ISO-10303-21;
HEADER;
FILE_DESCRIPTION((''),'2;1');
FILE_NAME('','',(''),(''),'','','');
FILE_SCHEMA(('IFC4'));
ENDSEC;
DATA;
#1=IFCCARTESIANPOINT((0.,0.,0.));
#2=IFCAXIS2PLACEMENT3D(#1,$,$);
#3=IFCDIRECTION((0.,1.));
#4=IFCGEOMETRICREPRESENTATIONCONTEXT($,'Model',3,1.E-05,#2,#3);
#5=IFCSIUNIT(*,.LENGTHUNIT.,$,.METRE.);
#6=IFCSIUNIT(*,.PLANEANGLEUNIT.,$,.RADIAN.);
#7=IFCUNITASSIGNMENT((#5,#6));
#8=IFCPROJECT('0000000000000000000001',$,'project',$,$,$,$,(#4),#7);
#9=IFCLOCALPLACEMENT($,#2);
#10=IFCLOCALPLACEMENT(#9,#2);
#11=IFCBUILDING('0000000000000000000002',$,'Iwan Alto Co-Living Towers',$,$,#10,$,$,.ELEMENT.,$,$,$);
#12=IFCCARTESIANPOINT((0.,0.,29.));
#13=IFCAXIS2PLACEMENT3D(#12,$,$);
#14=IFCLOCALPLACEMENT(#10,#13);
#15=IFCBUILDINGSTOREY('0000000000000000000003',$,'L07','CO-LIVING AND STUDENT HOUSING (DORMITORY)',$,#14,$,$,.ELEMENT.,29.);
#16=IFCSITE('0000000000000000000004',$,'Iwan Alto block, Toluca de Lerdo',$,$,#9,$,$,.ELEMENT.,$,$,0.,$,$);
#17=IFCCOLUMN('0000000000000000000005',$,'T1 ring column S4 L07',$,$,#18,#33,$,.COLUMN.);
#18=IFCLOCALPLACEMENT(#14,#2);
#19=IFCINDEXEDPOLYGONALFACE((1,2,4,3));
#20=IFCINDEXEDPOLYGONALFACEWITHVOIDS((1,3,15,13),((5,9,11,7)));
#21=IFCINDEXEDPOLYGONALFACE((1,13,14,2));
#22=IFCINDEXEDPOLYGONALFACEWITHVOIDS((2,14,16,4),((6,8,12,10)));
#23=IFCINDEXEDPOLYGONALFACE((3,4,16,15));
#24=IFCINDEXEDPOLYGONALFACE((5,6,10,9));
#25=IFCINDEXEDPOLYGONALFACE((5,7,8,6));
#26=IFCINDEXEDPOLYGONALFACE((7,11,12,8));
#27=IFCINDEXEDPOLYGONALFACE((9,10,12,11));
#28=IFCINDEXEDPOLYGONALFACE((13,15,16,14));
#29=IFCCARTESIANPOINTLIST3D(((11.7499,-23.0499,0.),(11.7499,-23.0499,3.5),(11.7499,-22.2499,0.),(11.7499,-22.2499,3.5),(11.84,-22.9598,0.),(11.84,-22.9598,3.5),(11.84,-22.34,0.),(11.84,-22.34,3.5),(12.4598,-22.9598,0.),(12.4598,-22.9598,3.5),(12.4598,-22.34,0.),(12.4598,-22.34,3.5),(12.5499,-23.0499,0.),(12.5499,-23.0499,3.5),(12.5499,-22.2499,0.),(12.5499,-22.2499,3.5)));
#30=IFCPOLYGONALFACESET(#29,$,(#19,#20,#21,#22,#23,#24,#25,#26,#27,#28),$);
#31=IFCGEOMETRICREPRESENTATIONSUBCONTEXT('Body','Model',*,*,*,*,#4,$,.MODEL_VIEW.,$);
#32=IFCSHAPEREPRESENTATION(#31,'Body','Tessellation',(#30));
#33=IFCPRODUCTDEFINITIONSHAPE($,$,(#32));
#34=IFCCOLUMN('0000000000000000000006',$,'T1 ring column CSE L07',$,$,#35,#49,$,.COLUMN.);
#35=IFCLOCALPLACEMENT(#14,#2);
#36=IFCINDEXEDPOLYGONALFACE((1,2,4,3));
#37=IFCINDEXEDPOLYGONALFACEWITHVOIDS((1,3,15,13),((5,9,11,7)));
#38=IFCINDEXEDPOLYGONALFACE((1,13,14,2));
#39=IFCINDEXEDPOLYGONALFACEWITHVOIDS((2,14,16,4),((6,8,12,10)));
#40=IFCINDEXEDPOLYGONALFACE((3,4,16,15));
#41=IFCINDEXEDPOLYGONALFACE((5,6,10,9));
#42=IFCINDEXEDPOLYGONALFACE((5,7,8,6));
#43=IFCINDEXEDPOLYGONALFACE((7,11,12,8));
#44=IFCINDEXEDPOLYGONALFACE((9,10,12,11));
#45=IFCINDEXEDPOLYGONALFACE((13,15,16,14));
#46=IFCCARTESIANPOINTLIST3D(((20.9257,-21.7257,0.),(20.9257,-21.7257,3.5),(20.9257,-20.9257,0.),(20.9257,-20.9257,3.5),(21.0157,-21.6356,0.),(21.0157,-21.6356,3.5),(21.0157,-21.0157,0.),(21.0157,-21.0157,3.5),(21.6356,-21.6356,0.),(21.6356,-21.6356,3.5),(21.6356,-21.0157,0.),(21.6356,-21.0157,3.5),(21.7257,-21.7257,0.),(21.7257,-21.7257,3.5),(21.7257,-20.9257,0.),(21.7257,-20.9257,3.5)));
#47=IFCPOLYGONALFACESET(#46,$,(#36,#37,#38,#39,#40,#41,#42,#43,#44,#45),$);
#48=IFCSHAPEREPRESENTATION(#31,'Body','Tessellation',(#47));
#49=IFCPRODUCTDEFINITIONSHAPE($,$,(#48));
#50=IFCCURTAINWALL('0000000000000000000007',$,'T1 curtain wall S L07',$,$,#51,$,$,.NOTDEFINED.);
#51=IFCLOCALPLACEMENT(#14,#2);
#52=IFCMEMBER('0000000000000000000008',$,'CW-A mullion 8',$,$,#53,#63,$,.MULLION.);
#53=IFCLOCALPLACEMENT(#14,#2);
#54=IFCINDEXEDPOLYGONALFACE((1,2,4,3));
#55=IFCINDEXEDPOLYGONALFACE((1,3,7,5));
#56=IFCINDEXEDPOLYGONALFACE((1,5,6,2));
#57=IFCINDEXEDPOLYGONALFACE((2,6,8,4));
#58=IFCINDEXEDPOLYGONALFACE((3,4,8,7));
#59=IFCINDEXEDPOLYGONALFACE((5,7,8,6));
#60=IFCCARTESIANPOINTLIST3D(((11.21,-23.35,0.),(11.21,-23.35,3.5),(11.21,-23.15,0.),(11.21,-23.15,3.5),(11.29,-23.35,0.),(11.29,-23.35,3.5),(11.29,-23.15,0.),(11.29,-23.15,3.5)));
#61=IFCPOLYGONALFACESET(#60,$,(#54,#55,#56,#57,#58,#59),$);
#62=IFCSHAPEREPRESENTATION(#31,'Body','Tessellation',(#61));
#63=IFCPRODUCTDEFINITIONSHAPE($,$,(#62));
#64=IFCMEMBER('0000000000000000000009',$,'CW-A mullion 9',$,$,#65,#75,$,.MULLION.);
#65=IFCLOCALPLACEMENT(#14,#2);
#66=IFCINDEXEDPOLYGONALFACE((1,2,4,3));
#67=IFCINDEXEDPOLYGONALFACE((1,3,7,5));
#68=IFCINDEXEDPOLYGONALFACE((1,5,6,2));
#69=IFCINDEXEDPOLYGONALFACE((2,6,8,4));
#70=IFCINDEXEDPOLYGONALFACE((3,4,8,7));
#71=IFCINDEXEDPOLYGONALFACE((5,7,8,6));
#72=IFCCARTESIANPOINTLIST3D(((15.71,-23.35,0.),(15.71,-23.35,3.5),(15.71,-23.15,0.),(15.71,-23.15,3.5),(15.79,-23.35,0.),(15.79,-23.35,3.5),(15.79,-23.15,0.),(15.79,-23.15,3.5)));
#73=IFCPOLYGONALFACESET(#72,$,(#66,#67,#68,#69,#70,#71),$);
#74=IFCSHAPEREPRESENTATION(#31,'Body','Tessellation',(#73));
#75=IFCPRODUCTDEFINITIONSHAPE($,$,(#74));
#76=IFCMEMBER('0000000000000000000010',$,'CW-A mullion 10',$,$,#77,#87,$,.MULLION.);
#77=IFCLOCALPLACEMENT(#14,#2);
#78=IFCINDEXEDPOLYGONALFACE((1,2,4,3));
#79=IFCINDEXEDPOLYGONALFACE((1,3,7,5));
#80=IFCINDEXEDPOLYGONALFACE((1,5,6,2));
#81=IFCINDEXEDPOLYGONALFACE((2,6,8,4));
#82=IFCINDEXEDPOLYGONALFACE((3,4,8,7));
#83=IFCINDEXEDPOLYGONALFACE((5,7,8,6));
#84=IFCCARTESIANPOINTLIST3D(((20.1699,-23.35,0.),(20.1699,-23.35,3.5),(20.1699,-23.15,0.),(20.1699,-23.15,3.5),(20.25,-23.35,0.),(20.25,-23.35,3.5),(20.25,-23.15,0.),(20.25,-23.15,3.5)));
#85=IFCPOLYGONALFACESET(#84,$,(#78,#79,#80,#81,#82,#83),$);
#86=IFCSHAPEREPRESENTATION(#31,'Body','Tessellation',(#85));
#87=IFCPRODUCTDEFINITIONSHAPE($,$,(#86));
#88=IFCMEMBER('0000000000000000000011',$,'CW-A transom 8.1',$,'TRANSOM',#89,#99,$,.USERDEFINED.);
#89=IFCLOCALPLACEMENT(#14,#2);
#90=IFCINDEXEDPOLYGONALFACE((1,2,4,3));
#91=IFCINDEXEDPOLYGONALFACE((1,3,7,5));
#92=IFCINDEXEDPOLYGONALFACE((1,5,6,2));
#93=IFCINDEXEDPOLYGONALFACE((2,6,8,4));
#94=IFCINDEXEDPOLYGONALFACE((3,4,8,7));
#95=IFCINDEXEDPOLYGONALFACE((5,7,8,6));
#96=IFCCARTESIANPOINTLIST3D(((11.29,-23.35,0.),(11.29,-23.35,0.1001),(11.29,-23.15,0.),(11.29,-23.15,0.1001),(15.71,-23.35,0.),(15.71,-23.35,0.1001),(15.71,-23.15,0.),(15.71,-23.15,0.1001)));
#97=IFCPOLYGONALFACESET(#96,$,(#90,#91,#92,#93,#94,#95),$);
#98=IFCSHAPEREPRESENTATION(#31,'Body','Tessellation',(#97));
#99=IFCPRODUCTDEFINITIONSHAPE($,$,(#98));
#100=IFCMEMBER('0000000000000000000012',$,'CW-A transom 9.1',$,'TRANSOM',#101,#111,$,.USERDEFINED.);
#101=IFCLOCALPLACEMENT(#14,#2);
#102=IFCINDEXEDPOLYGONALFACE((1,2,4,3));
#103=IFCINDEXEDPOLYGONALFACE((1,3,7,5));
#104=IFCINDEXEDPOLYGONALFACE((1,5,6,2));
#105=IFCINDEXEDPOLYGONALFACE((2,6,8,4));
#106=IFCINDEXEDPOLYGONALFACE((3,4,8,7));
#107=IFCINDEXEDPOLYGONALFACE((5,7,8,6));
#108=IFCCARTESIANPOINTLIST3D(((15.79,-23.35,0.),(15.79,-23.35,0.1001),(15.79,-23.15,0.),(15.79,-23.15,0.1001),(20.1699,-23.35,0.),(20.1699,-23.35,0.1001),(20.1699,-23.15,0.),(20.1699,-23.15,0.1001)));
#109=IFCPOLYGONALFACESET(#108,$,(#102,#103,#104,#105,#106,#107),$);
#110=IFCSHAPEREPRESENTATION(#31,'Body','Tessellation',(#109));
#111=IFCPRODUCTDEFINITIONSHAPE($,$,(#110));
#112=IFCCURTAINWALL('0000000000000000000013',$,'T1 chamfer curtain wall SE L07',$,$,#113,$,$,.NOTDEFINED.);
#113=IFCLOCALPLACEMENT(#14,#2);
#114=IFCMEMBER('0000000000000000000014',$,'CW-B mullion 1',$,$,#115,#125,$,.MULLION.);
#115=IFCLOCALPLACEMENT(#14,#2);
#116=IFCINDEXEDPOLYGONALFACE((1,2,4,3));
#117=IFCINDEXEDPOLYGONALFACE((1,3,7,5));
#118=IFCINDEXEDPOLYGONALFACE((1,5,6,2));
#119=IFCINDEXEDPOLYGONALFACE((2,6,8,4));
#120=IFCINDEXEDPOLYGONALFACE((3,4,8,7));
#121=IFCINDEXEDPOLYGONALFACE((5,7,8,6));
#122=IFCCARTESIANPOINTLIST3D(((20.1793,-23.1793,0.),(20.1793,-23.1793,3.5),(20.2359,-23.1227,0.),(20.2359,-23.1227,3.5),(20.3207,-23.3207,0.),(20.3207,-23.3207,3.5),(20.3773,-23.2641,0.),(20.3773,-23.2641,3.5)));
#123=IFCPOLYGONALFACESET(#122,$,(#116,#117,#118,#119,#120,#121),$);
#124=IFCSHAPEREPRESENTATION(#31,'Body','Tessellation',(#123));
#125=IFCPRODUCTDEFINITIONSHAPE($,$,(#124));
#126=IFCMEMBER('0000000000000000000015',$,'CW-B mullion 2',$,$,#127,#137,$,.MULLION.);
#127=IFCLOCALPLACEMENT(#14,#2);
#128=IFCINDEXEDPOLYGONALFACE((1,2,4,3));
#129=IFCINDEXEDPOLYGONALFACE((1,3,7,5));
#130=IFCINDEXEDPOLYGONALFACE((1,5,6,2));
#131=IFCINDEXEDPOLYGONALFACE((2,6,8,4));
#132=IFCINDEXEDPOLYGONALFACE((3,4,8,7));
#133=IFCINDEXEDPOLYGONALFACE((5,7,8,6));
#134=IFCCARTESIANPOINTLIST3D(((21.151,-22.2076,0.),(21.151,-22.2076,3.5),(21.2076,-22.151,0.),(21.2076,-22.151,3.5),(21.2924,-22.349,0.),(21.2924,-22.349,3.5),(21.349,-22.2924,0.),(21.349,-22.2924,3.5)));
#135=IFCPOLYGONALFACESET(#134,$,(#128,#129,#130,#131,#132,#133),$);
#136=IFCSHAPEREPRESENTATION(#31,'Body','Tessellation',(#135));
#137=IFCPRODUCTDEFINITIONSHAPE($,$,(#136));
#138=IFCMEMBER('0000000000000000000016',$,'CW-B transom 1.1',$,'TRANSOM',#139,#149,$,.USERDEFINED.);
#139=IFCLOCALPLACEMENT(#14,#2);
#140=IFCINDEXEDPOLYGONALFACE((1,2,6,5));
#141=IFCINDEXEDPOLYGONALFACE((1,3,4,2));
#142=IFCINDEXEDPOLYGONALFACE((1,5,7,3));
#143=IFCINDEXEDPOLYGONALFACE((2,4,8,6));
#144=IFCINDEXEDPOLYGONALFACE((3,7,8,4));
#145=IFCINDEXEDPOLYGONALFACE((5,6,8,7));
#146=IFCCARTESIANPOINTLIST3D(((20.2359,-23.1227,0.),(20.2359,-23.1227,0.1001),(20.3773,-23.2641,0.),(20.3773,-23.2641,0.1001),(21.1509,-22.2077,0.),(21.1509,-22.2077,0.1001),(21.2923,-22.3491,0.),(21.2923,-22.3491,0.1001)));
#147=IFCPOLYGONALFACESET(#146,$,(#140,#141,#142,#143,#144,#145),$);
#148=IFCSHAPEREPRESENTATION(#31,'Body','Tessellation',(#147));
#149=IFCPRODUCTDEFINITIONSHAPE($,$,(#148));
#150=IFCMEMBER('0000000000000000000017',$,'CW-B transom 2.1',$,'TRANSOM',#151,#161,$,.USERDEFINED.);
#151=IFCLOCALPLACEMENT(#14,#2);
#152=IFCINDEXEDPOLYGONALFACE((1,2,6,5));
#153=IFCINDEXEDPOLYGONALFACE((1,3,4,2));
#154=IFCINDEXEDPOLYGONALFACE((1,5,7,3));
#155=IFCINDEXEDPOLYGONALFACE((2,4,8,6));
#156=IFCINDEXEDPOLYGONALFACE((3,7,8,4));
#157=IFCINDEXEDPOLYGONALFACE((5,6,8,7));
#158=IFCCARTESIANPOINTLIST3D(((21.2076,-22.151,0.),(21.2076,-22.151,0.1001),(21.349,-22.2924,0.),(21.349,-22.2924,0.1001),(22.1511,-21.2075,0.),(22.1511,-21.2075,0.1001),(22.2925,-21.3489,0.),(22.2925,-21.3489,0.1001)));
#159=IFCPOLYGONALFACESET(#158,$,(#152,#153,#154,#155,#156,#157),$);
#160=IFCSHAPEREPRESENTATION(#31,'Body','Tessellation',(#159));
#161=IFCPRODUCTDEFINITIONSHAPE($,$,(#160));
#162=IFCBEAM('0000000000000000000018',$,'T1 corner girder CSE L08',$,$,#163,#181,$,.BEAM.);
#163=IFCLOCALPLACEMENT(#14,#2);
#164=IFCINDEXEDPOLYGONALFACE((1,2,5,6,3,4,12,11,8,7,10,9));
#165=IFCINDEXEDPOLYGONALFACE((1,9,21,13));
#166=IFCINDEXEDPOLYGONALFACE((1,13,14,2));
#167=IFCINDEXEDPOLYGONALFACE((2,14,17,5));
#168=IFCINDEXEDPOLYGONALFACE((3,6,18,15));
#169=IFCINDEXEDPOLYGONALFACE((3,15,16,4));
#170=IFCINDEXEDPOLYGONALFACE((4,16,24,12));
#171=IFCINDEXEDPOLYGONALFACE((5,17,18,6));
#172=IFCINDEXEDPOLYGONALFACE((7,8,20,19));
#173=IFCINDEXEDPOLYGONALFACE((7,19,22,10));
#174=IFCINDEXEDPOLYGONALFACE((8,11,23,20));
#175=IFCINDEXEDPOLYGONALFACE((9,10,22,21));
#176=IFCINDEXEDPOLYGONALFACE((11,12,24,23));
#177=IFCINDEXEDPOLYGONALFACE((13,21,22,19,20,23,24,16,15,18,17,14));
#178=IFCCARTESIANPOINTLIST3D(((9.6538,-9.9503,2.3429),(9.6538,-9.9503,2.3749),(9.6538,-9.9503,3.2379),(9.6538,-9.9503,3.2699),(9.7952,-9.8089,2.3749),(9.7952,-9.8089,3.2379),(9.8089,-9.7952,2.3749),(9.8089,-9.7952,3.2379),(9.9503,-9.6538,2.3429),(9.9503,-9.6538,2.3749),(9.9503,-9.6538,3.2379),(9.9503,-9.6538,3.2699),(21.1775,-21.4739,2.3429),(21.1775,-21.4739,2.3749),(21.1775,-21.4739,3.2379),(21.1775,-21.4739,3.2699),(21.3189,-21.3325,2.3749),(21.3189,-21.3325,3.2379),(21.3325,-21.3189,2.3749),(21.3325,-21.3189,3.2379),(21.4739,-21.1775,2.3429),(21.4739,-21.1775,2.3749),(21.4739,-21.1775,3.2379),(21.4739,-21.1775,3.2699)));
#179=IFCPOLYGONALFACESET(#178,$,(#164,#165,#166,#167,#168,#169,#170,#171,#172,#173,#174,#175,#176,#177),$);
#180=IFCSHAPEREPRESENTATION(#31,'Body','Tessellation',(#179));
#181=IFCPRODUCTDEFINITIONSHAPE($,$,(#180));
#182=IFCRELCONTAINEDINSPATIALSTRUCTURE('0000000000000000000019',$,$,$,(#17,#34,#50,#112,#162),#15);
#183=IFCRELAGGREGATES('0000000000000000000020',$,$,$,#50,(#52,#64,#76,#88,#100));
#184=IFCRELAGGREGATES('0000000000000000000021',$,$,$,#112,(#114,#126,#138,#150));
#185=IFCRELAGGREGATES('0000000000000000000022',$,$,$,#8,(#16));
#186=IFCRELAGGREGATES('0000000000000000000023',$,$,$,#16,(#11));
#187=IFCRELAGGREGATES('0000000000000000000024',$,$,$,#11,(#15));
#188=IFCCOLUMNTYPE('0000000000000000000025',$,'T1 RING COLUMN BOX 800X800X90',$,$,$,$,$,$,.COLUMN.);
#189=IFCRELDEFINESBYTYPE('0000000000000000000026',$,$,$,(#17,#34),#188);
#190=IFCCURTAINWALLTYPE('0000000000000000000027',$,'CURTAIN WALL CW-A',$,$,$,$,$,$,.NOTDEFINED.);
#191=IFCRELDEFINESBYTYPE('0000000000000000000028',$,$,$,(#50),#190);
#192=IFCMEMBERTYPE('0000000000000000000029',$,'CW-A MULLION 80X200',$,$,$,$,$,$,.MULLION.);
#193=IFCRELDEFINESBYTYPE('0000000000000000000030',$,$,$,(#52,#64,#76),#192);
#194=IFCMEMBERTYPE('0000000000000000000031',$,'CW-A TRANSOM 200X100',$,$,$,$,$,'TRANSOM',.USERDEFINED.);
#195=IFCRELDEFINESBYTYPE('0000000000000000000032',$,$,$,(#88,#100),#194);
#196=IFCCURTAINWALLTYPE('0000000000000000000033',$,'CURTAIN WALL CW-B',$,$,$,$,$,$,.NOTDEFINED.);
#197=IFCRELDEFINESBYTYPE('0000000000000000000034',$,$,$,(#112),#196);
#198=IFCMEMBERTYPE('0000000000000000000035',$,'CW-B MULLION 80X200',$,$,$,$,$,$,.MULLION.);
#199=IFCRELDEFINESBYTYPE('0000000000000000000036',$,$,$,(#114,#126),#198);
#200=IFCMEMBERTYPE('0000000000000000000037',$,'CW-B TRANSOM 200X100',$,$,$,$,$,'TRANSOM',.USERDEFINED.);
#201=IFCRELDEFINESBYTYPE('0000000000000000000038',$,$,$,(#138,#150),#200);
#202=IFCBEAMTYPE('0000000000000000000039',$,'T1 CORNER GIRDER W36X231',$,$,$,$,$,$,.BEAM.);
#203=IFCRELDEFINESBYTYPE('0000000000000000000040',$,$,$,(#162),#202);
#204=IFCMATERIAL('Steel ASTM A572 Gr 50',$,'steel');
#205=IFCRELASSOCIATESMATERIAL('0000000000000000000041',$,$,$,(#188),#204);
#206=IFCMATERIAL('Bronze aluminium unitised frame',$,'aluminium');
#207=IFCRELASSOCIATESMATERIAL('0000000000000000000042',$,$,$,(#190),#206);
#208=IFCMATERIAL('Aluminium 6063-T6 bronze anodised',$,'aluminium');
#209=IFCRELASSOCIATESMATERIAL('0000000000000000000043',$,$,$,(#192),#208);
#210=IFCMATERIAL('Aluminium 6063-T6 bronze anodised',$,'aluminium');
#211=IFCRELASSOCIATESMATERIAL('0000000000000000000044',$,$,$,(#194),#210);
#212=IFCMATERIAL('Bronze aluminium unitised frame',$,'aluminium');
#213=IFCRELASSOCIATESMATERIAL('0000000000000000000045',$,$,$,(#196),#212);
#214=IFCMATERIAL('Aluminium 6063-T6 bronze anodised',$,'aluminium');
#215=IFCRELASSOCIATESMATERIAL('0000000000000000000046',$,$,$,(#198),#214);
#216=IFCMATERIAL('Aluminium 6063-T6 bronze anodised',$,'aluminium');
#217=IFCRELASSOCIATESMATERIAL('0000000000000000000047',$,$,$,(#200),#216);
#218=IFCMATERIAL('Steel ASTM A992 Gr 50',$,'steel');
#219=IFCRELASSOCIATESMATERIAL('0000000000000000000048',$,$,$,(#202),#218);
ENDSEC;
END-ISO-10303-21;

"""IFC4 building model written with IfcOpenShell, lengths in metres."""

from ifc_helpers import new_model, si_unit, direction, frame, origin, origin_2d, place, context, subcontext, project, spatial, rectangle, hollow_rectangle, i_section, extrude, material, material_profile, profile_set, type_object, element, aggregate, save


model = new_model("IFC4")

# Units and contexts
model_context = context("Model", 3, precision=1e-05, world=origin(), true_north=direction((0.0, 1.0)))
body_context = subcontext(model_context, "Body", "Model", "MODEL_VIEW")
ifc_project = project(units=[si_unit("LENGTHUNIT", "METRE"), si_unit("PLANEANGLEUNIT", "RADIAN")], contexts=[model_context])

# Site, building, storey
site_placement = place(None, origin())
site = spatial("IfcSite", under=ifc_project, at=site_placement, Name="Iwan Alto block, Toluca de Lerdo", CompositionType="ELEMENT", RefElevation=0.0)
building_placement = place(site_placement, origin())
building = spatial("IfcBuilding", under=site, at=building_placement, Name="Iwan Alto Co-Living Towers", CompositionType="ELEMENT")
storey_placement = place(building_placement, frame((0.0, 0.0, 29.0)))
storey = spatial("IfcBuildingStorey", under=building, at=storey_placement, Name="L07", Description="CO-LIVING AND STUDENT HOUSING (DORMITORY)", CompositionType="ELEMENT", Elevation=29.0)

# Columns
ifc_material_1 = material(Name="Steel ASTM A572 Gr 50", Category="steel")
ifc_material_profile_1 = material_profile(ifc_material_1, hollow_rectangle(XDim=0.8, YDim=0.8, WallThickness=0.0901, at=origin_2d()), Name="BOX 800X800X90")
ifc_profile_set_1 = profile_set([ifc_material_profile_1], Name="Steel ASTM A572 Gr 50")
column_type = type_object("IfcColumnType", Name="T1 RING COLUMN BOX 800X800X90", PredefinedType="COLUMN", material=ifc_profile_set_1)
for number, where, z_axis, x_axis, name in (
    (1, (12.1499, -22.6499, 0.0), (0.0, 0.0, 1.0), (1.0, 0.0, 0.0), "T1 ring column S4 L07"),
    (2, (21.3257, -21.3257, 0.0), (0.0, 0.0, 1.0), (1.0, 0.0, 0.0), "T1 ring column CSE L07"),
):
    element("IfcColumn", number, at=place(storey_placement, frame(where, z_axis=z_axis, x_axis=x_axis)), inside=storey, type_object=column_type, Name=name, PredefinedType="COLUMN", context=body_context, shape_type="SweptSolid", body=[
        extrude(hollow_rectangle(XDim=0.8, YDim=0.8, WallThickness=0.0901, at=origin_2d()), origin(), (0.0, 0.0, 1.0), 3.5),
    ])

# Curtain walls, members
ifc_material_2 = material(Name="Bronze aluminium unitised frame", Category="aluminium")
curtain_wall_type_1 = type_object("IfcCurtainWallType", Name="CURTAIN WALL CW-A", PredefinedType="NOTDEFINED", material=ifc_material_2)
curtain_wall_1_placement = place(storey_placement, origin())
curtain_wall_1 = element("IfcCurtainWall", 3, at=curtain_wall_1_placement, inside=storey, type_object=curtain_wall_type_1, Name="T1 curtain wall S L07", PredefinedType="NOTDEFINED")
ifc_material_3 = material(Name="Aluminium 6063-T6 bronze anodised", Category="aluminium")
ifc_material_profile_2 = material_profile(ifc_material_3, rectangle(XDim=0.2, YDim=0.0801, at=origin_2d()), Name="AL 80X200")
ifc_profile_set_2 = profile_set([ifc_material_profile_2], Name="Aluminium 6063-T6 bronze anodised")
member_type_1 = type_object("IfcMemberType", Name="CW-A MULLION 80X200", PredefinedType="MULLION", material=ifc_profile_set_2)
member_1_placement = place(storey_placement, frame((11.25, -23.25, 0.0), z_axis=(0.0, 0.0, 1.0), x_axis=(0.0, 1.0, 0.0)))
member_1 = element("IfcMember", 4, at=member_1_placement, type_object=member_type_1, Name="CW-A mullion 8", PredefinedType="MULLION", context=body_context, shape_type="SweptSolid", body=[
    extrude(rectangle(XDim=0.2, YDim=0.0801, at=origin_2d()), origin(), (0.0, 0.0, 1.0), 3.5),
])
member_2_placement = place(storey_placement, frame((15.75, -23.25, 0.0), z_axis=(0.0, 0.0, 1.0), x_axis=(0.0, 1.0, 0.0)))
member_2 = element("IfcMember", 5, at=member_2_placement, type_object=member_type_1, Name="CW-A mullion 9", PredefinedType="MULLION", context=body_context, shape_type="SweptSolid", body=[
    extrude(rectangle(XDim=0.2, YDim=0.0801, at=origin_2d()), origin(), (0.0, 0.0, 1.0), 3.5),
])
member_3_placement = place(storey_placement, frame((20.21, -23.25, 0.0), z_axis=(0.0, 0.0, 1.0), x_axis=(0.0, 1.0, 0.0)))
member_3 = element("IfcMember", 6, at=member_3_placement, type_object=member_type_1, Name="CW-A mullion 10", PredefinedType="MULLION", context=body_context, shape_type="SweptSolid", body=[
    extrude(rectangle(XDim=0.2, YDim=0.0801, at=origin_2d()), origin(), (0.0, 0.0, 1.0), 3.5),
])
ifc_material_4 = material(Name="Aluminium 6063-T6 bronze anodised", Category="aluminium")
ifc_material_profile_3 = material_profile(ifc_material_4, rectangle(XDim=0.2, YDim=0.1001, at=origin_2d()), Name="AL 200X100")
ifc_profile_set_3 = profile_set([ifc_material_profile_3], Name="Aluminium 6063-T6 bronze anodised")
member_type_2 = type_object("IfcMemberType", Name="CW-A TRANSOM 200X100", ElementType="TRANSOM", PredefinedType="USERDEFINED", material=ifc_profile_set_3)
member_4_placement = place(storey_placement, frame((11.29, -23.25, 0.05), z_axis=(1.0, 0.0, 0.0), x_axis=(0.0, 1.0, 0.0)))
member_4 = element("IfcMember", 7, at=member_4_placement, type_object=member_type_2, Name="CW-A transom 8.1", ObjectType="TRANSOM", PredefinedType="USERDEFINED", context=body_context, shape_type="SweptSolid", body=[
    extrude(rectangle(XDim=0.2, YDim=0.1001, at=origin_2d()), origin(), (0.0, 0.0, 1.0), 4.4199),
])
member_5_placement = place(storey_placement, frame((15.79, -23.25, 0.05), z_axis=(1.0, 0.0, 0.0), x_axis=(0.0, 1.0, 0.0)))
member_5 = element("IfcMember", 8, at=member_5_placement, type_object=member_type_2, Name="CW-A transom 9.1", ObjectType="TRANSOM", PredefinedType="USERDEFINED", context=body_context, shape_type="SweptSolid", body=[
    extrude(rectangle(XDim=0.2, YDim=0.1001, at=origin_2d()), origin(), (0.0, 0.0, 1.0), 4.3799),
])
ifc_material_5 = material(Name="Bronze aluminium unitised frame", Category="aluminium")
curtain_wall_type_2 = type_object("IfcCurtainWallType", Name="CURTAIN WALL CW-B", PredefinedType="NOTDEFINED", material=ifc_material_5)
curtain_wall_2_placement = place(storey_placement, origin())
curtain_wall_2 = element("IfcCurtainWall", 9, at=curtain_wall_2_placement, inside=storey, type_object=curtain_wall_type_2, Name="T1 chamfer curtain wall SE L07", PredefinedType="NOTDEFINED")
ifc_material_6 = material(Name="Aluminium 6063-T6 bronze anodised", Category="aluminium")
ifc_material_profile_4 = material_profile(ifc_material_6, rectangle(XDim=0.2, YDim=0.0801, at=origin_2d()), Name="AL 80X200")
ifc_profile_set_4 = profile_set([ifc_material_profile_4], Name="Aluminium 6063-T6 bronze anodised")
member_type_3 = type_object("IfcMemberType", Name="CW-B MULLION 80X200", PredefinedType="MULLION", material=ifc_profile_set_4)
member_6_placement = place(storey_placement, frame((20.2783, -23.2217, 0.0), z_axis=(0.0, 0.0, 1.0), x_axis=(-0.707107, 0.707107, 0.0)))
member_6 = element("IfcMember", 10, at=member_6_placement, type_object=member_type_3, Name="CW-B mullion 1", PredefinedType="MULLION", context=body_context, shape_type="SweptSolid", body=[
    extrude(rectangle(XDim=0.2, YDim=0.0801, at=origin_2d()), origin(), (0.0, 0.0, 1.0), 3.5),
])
member_7_placement = place(storey_placement, frame((21.25, -22.25, 0.0), z_axis=(0.0, 0.0, 1.0), x_axis=(-0.707107, 0.707107, 0.0)))
member_7 = element("IfcMember", 11, at=member_7_placement, type_object=member_type_3, Name="CW-B mullion 2", PredefinedType="MULLION", context=body_context, shape_type="SweptSolid", body=[
    extrude(rectangle(XDim=0.2, YDim=0.0801, at=origin_2d()), origin(), (0.0, 0.0, 1.0), 3.5),
])
ifc_material_7 = material(Name="Aluminium 6063-T6 bronze anodised", Category="aluminium")
ifc_material_profile_5 = material_profile(ifc_material_7, rectangle(XDim=0.2, YDim=0.1001, at=origin_2d()), Name="AL 200X100")
ifc_profile_set_5 = profile_set([ifc_material_profile_5], Name="Aluminium 6063-T6 bronze anodised")
member_type_4 = type_object("IfcMemberType", Name="CW-B TRANSOM 200X100", ElementType="TRANSOM", PredefinedType="USERDEFINED", material=ifc_profile_set_5)
member_8_placement = place(storey_placement, frame((20.3066, -23.1934, 0.05), z_axis=(0.707107, 0.707107, 0.0), x_axis=(-0.707107, 0.707107, 0.0)))
member_8 = element("IfcMember", 12, at=member_8_placement, type_object=member_type_4, Name="CW-B transom 1.1", ObjectType="TRANSOM", PredefinedType="USERDEFINED", context=body_context, shape_type="SweptSolid", body=[
    extrude(rectangle(XDim=0.2, YDim=0.1001, at=origin_2d()), origin(), (0.0, 0.0, 1.0), 1.2939),
])
member_9_placement = place(storey_placement, frame((21.2783, -22.2217, 0.05), z_axis=(0.707107, 0.707107, 0.0), x_axis=(-0.707107, 0.707107, 0.0)))
member_9 = element("IfcMember", 13, at=member_9_placement, type_object=member_type_4, Name="CW-B transom 2.1", ObjectType="TRANSOM", PredefinedType="USERDEFINED", context=body_context, shape_type="SweptSolid", body=[
    extrude(rectangle(XDim=0.2, YDim=0.1001, at=origin_2d()), origin(), (0.0, 0.0, 1.0), 1.3342),
])

# Beam
ifc_material_8 = material(Name="Steel ASTM A992 Gr 50", Category="steel")
ifc_material_profile_6 = material_profile(ifc_material_8, i_section(OverallWidth=0.4192, OverallDepth=0.927, WebThickness=0.0193, FlangeThickness=0.032, at=origin_2d()), Name="W36X231")
ifc_profile_set_6 = profile_set([ifc_material_profile_6], Name="Steel ASTM A992 Gr 50")
beam_type_1 = type_object("IfcBeamType", Name="T1 CORNER GIRDER W36X231", PredefinedType="BEAM", material=ifc_profile_set_6)
beam_1_placement = place(storey_placement, frame((21.3257, -21.3257, 2.8064), z_axis=(-0.707107, 0.707107, 0.0), x_axis=(-0.707107, -0.707107, 0.0)))
element("IfcBeam", 14, at=beam_1_placement, inside=storey, type_object=beam_type_1, Name="T1 corner girder CSE L08", PredefinedType="BEAM", context=body_context, shape_type="SweptSolid", body=[
    extrude(i_section(OverallWidth=0.4192, OverallDepth=0.927, WebThickness=0.0193, FlangeThickness=0.032, at=origin_2d()), origin(), (0.0, 0.0, 1.0), 16.2969),
])

aggregate(curtain_wall_1, [member_1, member_2, member_3, member_4, member_5])
aggregate(curtain_wall_2, [member_6, member_7, member_8, member_9])

save(model, "model.ifc")
